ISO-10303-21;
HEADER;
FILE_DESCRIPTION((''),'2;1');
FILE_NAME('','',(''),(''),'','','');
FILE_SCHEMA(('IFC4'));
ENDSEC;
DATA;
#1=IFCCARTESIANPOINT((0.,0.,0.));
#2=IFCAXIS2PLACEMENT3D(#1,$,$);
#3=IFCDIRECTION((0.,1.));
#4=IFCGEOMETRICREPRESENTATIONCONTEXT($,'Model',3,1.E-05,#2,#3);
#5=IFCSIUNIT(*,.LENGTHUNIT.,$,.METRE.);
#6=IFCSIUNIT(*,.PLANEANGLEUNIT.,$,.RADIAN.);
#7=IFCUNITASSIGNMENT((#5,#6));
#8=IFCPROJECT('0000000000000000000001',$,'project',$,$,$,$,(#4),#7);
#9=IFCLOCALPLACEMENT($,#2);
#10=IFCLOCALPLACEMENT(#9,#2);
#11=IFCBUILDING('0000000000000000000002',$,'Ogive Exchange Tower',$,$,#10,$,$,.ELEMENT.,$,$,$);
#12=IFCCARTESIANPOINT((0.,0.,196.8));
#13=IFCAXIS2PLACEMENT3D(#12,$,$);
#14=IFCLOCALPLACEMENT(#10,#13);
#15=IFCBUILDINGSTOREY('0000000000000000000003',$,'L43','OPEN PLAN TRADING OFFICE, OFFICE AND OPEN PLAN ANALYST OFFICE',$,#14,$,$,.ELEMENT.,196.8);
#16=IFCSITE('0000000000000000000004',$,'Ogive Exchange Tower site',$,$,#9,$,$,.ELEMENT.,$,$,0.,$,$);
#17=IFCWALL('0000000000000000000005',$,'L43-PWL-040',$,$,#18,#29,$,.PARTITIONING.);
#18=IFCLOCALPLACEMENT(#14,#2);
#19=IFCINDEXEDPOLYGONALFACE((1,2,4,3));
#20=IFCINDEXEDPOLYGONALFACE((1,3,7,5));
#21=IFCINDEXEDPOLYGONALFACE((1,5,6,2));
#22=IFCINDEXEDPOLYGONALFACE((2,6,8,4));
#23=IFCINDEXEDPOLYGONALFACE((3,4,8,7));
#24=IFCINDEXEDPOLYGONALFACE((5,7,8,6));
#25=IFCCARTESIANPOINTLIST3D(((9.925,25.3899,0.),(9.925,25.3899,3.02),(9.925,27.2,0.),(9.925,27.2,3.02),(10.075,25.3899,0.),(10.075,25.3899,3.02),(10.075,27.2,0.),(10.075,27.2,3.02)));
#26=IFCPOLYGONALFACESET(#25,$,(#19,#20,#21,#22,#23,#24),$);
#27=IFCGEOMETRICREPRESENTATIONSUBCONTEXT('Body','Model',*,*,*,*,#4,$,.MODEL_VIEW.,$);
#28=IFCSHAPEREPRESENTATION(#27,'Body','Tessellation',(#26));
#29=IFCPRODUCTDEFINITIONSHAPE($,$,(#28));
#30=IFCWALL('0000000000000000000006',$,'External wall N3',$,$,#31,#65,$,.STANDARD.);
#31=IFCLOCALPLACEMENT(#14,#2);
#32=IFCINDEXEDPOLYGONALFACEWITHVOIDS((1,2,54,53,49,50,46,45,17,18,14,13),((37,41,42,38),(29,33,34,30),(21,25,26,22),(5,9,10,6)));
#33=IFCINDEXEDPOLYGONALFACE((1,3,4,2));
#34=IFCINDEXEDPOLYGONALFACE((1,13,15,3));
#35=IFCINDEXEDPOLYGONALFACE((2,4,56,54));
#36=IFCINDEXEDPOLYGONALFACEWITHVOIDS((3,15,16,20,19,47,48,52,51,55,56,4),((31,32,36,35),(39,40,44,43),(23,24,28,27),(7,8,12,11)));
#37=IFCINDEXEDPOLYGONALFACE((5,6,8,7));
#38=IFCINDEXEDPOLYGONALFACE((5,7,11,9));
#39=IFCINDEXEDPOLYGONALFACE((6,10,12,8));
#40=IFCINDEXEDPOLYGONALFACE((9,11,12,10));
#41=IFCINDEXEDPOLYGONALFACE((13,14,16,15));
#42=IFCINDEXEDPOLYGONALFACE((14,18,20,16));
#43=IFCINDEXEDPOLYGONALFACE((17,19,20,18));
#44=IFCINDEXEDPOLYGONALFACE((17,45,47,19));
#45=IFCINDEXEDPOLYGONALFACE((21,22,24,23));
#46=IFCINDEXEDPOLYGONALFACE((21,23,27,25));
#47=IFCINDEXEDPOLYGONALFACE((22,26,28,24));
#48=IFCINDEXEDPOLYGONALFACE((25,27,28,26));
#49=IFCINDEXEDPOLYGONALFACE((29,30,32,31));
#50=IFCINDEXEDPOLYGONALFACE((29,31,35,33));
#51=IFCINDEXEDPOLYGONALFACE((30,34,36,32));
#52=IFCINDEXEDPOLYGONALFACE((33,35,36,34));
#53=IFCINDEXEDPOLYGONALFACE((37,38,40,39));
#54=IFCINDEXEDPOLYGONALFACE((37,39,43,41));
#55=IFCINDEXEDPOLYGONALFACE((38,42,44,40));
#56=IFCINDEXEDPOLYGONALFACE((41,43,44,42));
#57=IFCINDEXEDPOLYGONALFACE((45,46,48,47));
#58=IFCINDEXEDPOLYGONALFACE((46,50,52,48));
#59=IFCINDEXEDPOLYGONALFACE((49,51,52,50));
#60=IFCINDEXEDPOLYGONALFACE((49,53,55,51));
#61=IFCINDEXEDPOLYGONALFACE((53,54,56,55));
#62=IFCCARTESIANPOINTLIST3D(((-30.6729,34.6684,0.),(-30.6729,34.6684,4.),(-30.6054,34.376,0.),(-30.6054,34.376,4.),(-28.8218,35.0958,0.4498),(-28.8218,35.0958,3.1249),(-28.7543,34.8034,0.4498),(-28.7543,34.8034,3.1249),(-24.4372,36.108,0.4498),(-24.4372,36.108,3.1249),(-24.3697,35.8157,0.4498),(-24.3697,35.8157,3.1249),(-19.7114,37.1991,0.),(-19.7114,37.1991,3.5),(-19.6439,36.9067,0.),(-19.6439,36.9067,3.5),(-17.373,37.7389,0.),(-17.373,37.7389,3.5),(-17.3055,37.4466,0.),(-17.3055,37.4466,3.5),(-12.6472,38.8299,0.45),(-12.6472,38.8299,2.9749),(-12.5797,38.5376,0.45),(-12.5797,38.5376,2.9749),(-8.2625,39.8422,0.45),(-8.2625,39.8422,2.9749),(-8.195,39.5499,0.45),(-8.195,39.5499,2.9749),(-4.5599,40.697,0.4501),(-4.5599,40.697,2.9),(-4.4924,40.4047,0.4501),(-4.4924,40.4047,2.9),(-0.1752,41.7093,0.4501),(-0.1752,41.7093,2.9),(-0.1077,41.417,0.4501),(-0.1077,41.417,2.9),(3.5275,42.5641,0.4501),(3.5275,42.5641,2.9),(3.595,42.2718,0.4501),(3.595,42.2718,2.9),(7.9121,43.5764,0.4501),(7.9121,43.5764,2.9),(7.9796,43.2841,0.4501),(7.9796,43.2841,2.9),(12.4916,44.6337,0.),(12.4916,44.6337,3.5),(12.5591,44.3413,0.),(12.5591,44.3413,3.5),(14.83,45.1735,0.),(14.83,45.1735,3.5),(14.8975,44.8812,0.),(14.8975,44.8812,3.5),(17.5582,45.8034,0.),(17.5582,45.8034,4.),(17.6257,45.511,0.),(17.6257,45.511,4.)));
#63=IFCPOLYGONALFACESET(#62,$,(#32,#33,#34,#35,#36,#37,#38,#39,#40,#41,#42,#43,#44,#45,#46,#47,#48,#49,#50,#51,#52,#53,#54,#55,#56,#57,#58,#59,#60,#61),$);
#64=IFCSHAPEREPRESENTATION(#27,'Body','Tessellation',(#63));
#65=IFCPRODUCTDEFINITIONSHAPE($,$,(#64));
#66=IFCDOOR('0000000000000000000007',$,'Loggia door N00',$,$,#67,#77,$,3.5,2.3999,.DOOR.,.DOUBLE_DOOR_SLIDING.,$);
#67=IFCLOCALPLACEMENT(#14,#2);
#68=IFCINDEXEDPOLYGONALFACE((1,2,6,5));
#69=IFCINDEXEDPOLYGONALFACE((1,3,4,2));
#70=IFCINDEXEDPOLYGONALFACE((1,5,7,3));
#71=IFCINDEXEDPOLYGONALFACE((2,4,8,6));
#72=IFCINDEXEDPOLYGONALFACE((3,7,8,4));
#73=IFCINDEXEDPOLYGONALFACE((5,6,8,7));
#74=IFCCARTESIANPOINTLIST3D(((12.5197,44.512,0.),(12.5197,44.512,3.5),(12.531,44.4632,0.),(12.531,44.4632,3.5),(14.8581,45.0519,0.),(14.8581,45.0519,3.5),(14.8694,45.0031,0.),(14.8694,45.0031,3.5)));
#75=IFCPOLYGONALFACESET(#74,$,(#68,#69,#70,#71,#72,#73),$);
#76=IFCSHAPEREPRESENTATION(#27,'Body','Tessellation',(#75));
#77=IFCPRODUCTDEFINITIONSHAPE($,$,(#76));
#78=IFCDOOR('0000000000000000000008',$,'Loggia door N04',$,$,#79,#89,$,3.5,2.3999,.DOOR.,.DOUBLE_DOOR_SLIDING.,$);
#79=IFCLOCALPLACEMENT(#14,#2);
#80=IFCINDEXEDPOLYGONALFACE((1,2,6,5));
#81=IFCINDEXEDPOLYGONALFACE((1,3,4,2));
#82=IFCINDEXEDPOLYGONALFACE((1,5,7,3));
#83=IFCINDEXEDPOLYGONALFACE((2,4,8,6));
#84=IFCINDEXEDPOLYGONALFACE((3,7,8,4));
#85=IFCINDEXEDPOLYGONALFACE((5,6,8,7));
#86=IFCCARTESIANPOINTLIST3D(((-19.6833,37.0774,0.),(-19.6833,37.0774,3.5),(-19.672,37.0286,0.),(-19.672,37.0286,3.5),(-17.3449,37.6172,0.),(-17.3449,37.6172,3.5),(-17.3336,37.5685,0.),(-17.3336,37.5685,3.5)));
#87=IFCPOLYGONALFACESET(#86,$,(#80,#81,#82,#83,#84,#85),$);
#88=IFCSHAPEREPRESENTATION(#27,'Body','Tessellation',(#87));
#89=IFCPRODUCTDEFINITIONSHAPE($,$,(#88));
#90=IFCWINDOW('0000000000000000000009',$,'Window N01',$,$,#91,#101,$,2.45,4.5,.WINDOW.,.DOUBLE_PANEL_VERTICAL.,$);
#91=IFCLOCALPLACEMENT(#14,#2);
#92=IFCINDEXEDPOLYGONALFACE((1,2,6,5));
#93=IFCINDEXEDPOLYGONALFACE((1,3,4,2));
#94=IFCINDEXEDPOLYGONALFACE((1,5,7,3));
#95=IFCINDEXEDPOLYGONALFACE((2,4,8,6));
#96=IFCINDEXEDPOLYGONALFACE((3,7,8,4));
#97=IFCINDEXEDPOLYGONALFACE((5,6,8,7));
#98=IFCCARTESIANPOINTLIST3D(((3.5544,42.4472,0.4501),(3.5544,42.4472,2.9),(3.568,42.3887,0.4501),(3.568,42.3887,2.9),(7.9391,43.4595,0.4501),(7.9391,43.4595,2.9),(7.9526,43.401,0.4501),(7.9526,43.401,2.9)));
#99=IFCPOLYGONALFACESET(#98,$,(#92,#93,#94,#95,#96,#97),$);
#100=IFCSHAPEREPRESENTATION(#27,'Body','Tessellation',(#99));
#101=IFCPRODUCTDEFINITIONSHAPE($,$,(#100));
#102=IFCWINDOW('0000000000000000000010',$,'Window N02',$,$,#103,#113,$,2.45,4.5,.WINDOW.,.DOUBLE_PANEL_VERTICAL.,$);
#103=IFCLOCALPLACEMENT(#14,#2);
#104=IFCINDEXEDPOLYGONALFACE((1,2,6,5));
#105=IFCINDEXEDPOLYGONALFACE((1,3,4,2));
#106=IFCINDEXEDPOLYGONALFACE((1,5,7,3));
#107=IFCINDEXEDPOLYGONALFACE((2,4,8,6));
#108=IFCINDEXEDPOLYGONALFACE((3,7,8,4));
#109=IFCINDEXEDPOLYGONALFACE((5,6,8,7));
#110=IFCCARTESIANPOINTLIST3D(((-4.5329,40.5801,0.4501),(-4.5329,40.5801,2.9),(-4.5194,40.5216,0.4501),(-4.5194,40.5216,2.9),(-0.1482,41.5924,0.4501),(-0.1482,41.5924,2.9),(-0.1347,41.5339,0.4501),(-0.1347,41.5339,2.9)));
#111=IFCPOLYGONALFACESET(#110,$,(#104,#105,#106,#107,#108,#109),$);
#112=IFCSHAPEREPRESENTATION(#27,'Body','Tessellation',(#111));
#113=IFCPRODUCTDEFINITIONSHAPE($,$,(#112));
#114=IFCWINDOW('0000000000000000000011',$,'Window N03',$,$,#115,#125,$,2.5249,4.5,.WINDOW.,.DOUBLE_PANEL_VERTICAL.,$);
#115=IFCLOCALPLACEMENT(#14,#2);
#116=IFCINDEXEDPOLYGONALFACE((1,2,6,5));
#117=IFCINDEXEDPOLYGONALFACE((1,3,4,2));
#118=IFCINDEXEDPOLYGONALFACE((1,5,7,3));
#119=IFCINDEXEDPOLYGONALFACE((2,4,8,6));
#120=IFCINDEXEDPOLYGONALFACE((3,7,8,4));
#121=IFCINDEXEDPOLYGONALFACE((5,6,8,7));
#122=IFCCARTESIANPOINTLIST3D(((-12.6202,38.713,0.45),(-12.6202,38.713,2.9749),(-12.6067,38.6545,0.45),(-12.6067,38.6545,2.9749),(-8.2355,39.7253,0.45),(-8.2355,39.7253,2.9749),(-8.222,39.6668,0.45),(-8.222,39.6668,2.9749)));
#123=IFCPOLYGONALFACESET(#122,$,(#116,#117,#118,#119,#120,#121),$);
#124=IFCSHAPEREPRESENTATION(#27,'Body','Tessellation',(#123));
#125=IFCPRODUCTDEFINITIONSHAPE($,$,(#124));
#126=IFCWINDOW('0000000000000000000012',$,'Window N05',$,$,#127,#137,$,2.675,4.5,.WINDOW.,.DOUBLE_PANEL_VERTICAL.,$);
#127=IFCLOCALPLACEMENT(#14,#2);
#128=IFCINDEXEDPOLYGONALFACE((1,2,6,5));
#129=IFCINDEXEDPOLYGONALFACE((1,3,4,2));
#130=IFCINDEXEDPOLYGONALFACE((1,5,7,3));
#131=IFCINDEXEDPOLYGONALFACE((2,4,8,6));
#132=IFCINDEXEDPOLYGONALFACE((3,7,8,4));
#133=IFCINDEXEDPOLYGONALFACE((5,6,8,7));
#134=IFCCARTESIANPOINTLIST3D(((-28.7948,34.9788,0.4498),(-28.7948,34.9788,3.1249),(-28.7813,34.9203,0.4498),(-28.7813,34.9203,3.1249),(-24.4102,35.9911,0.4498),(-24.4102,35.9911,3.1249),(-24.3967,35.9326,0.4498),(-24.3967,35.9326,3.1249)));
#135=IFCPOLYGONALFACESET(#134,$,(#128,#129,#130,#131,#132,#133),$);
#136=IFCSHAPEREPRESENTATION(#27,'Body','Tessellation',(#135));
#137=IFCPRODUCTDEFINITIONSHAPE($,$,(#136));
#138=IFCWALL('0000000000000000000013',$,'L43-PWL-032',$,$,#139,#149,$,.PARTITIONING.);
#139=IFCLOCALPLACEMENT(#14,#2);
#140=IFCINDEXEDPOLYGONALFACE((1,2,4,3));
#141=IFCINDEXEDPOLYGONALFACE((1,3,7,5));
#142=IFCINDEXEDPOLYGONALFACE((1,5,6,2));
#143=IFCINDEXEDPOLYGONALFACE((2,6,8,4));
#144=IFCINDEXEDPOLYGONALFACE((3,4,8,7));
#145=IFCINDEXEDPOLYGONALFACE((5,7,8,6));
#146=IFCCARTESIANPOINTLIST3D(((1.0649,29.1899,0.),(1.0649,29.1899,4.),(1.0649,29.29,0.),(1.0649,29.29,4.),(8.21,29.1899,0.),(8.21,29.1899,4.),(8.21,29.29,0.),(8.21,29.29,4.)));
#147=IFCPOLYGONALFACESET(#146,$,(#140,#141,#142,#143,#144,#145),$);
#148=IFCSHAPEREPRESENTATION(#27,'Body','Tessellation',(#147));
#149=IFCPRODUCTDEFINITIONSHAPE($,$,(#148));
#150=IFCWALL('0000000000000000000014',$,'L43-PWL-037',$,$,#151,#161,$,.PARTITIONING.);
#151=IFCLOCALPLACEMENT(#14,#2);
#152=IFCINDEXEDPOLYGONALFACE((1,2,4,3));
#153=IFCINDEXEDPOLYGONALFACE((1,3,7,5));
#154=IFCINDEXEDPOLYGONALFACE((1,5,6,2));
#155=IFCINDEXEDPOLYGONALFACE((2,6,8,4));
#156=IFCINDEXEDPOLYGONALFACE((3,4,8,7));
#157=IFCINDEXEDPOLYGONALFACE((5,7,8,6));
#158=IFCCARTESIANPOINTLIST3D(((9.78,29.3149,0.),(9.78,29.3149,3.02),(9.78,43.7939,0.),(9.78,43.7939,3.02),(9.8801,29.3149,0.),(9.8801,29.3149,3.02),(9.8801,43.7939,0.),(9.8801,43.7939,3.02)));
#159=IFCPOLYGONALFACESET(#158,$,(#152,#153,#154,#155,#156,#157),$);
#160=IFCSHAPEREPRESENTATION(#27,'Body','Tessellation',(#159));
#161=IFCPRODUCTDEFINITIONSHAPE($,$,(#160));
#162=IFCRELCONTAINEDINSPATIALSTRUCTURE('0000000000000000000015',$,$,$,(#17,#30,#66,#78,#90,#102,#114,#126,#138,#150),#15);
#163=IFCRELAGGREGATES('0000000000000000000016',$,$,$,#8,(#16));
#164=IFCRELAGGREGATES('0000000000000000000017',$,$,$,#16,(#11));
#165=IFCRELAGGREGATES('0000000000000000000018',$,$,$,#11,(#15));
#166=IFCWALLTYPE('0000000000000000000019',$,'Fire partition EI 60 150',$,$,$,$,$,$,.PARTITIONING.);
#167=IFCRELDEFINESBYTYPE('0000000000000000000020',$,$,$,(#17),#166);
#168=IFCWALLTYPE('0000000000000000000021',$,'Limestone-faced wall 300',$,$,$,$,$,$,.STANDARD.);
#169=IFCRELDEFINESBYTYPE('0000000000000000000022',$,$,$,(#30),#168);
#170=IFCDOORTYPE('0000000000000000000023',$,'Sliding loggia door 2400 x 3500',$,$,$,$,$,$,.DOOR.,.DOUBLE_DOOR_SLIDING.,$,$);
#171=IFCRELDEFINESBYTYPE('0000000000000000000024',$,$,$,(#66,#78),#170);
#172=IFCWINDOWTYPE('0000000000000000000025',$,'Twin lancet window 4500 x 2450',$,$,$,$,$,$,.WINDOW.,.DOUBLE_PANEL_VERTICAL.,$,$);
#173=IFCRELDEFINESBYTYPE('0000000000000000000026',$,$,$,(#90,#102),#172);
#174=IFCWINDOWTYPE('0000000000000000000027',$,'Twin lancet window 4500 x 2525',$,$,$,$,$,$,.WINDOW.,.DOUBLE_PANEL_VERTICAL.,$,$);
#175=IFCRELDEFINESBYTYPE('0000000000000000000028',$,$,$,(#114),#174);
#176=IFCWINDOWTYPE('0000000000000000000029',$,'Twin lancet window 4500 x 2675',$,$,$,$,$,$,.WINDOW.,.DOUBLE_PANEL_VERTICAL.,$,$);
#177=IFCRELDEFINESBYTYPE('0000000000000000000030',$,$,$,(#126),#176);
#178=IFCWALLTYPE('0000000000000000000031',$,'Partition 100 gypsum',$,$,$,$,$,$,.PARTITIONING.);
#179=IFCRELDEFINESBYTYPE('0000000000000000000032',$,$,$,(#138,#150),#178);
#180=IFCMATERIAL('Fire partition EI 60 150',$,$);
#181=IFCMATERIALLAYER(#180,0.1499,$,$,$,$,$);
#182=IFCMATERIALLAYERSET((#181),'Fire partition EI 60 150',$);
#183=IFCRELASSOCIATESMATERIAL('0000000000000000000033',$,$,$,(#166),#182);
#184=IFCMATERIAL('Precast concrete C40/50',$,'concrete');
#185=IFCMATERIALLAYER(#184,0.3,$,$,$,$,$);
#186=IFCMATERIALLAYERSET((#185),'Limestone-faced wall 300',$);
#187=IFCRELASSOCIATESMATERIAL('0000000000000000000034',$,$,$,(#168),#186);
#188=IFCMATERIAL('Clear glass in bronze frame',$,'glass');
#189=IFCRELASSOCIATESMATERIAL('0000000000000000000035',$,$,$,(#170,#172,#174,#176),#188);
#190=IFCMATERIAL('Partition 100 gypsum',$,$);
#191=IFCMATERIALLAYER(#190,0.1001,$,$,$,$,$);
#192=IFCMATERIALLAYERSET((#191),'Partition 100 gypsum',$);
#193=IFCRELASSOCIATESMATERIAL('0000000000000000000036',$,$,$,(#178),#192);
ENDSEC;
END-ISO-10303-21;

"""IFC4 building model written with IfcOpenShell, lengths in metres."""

from ifc_helpers import new_model, si_unit, direction, frame, frame_2d, origin, place, context, subcontext, project, spatial, rectangle, extrude, material, layer, layer_set, type_object, element, fill, save


model = new_model("IFC4")

# Units and contexts
model_context = context("Model", 3, precision=1e-05, world=origin(), true_north=direction((0.0, 1.0)))
body_context = subcontext(model_context, "Body", "Model", "MODEL_VIEW")
ifc_project = project(units=[si_unit("LENGTHUNIT", "METRE"), si_unit("PLANEANGLEUNIT", "RADIAN")], contexts=[model_context])

# Site, building, storey
site_placement = place(None, origin())
site = spatial("IfcSite", under=ifc_project, at=site_placement, Name="Ogive Exchange Tower site", CompositionType="ELEMENT", RefElevation=0.0)
building_placement = place(site_placement, origin())
building = spatial("IfcBuilding", under=site, at=building_placement, Name="Ogive Exchange Tower", CompositionType="ELEMENT")
storey_placement = place(building_placement, frame((0.0, 0.0, 196.8)))
storey = spatial("IfcBuildingStorey", under=building, at=storey_placement, Name="L43", Description="OPEN PLAN TRADING OFFICE, OFFICE AND OPEN PLAN ANALYST OFFICE", CompositionType="ELEMENT", Elevation=196.8)

# Shared definitions
ifc_material_1 = material(Name="Fire partition EI 60 150")
ifc_layer_1 = layer(ifc_material_1, 0.1499)
ifc_layer_set_1 = layer_set([ifc_layer_1], Name="Fire partition EI 60 150")
wall_type_1 = type_object("IfcWallType", Name="Fire partition EI 60 150", PredefinedType="PARTITIONING", material=ifc_layer_set_1)

# Wall
wall_1_placement = place(storey_placement, frame((10.0, 27.2, 0.0), z_axis=(0.0, 0.0, 1.0), x_axis=(0.0, -1.0, 0.0)))
element("IfcWall", 1, at=wall_1_placement, inside=storey, type_object=wall_type_1, Name="L43-PWL-040", PredefinedType="PARTITIONING", context=body_context, shape_type="SweptSolid", body=[
    extrude(rectangle(XDim=1.8101, YDim=0.1499, at=frame_2d((0.905, 0.0))), origin(), (0.0, 0.0, 1.0), 3.02),
])

# Wall, openings, doors, windows
ifc_material_2 = material(Name="Precast concrete C40/50", Category="concrete")
ifc_layer_2 = layer(ifc_material_2, 0.3)
ifc_layer_set_2 = layer_set([ifc_layer_2], Name="Limestone-faced wall 300")
wall_type_2 = type_object("IfcWallType", Name="Limestone-faced wall 300", PredefinedType="STANDARD", material=ifc_layer_set_2)
wall_2_placement = place(storey_placement, frame((17.592, 45.6572, 0.0), z_axis=(0.0, 0.0, 1.0), x_axis=(-0.97437, -0.22495, 0.0)))
wall_2 = element("IfcWall", 2, at=wall_2_placement, inside=storey, type_object=wall_type_2, Name="External wall N3", PredefinedType="STANDARD", context=body_context, shape_type="SweptSolid", body=[
    extrude(rectangle(XDim=49.4998, YDim=0.3, at=frame_2d((24.75, 0.0))), origin(), (0.0, 0.0, 1.0), 4.0),
])
opening_1_placement = place(wall_2_placement, frame((2.8, 0.0, 0.0)))
opening_1 = element("IfcOpeningElement", 3, at=opening_1_placement, cuts=wall_2, PredefinedType="OPENING", context=body_context, shape_type="SweptSolid", body=[
    extrude(rectangle(XDim=2.3999, YDim=3.5, at=frame_2d((1.2, 1.75))), frame((0.0, 0.1599, 0.0), z_axis=(0.0, -1.0, 0.0), x_axis=(1.0, 0.0, 0.0)), (0.0, 0.0, 1.0), 0.3201),
])
opening_2_placement = place(wall_2_placement, frame((9.8999, 0.0, 0.45)))
opening_2 = element("IfcOpeningElement", 4, at=opening_2_placement, cuts=wall_2, PredefinedType="OPENING", context=body_context, shape_type="SweptSolid", body=[
    extrude(rectangle(XDim=4.5, YDim=2.45, at=frame_2d((2.25, 1.2251))), frame((0.0, 0.1599, 0.0), z_axis=(0.0, -1.0, 0.0), x_axis=(1.0, 0.0, 0.0)), (0.0, 0.0, 1.0), 0.3201),
])
opening_3_placement = place(wall_2_placement, frame((18.2, 0.0, 0.45)))
opening_3 = element("IfcOpeningElement", 5, at=opening_3_placement, cuts=wall_2, PredefinedType="OPENING", context=body_context, shape_type="SweptSolid", body=[
    extrude(rectangle(XDim=4.5, YDim=2.45, at=frame_2d((2.25, 1.2251))), frame((0.0, 0.1599, 0.0), z_axis=(0.0, -1.0, 0.0), x_axis=(1.0, 0.0, 0.0)), (0.0, 0.0, 1.0), 0.3201),
])
opening_4_placement = place(wall_2_placement, frame((26.5, 0.0, 0.45)))
opening_4 = element("IfcOpeningElement", 6, at=opening_4_placement, cuts=wall_2, PredefinedType="OPENING", context=body_context, shape_type="SweptSolid", body=[
    extrude(rectangle(XDim=4.5, YDim=2.5249, at=frame_2d((2.25, 1.2625))), frame((0.0, 0.1599, 0.0), z_axis=(0.0, -1.0, 0.0), x_axis=(1.0, 0.0, 0.0)), (0.0, 0.0, 1.0), 0.3201),
])
opening_5_placement = place(wall_2_placement, frame((35.8501, 0.0, 0.0)))
opening_5 = element("IfcOpeningElement", 7, at=opening_5_placement, cuts=wall_2, PredefinedType="OPENING", context=body_context, shape_type="SweptSolid", body=[
    extrude(rectangle(XDim=2.3999, YDim=3.5, at=frame_2d((1.2, 1.75))), frame((0.0, 0.1599, 0.0), z_axis=(0.0, -1.0, 0.0), x_axis=(1.0, 0.0, 0.0)), (0.0, 0.0, 1.0), 0.3201),
])
opening_6_placement = place(wall_2_placement, frame((43.1001, 0.0, 0.45)))
opening_6 = element("IfcOpeningElement", 8, at=opening_6_placement, cuts=wall_2, PredefinedType="OPENING", context=body_context, shape_type="SweptSolid", body=[
    extrude(rectangle(XDim=4.5, YDim=2.675, at=frame_2d((2.25, 1.3374))), frame((0.0, 0.1599, 0.0), z_axis=(0.0, -1.0, 0.0), x_axis=(1.0, 0.0, 0.0)), (0.0, 0.0, 1.0), 0.3201),
])
ifc_material_3 = material(Name="Clear glass in bronze frame", Category="glass")
door_type_1 = type_object("IfcDoorType", Name="Sliding loggia door 2400 x 3500", OperationType="DOUBLE_DOOR_SLIDING", PredefinedType="DOOR", material=ifc_material_3)
door_1_placement = place(opening_1_placement, origin())
door_1 = element("IfcDoor", 9, at=door_1_placement, inside=storey, type_object=door_type_1, Name="Loggia door N00", OperationType="DOUBLE_DOOR_SLIDING", OverallHeight=3.5, OverallWidth=2.3999, PredefinedType="DOOR", context=body_context, shape_type="SweptSolid", body=[
    extrude(rectangle(XDim=2.3999, YDim=3.5, at=frame_2d((1.2, 1.75))), frame((0.0, 0.0249, 0.0), z_axis=(0.0, -1.0, 0.0), x_axis=(1.0, 0.0, 0.0)), (0.0, 0.0, 1.0), 0.05),
])
fill(opening_1, door_1)
door_2_placement = place(opening_5_placement, origin())
door_2 = element("IfcDoor", 10, at=door_2_placement, inside=storey, type_object=door_type_1, Name="Loggia door N04", OperationType="DOUBLE_DOOR_SLIDING", OverallHeight=3.5, OverallWidth=2.3999, PredefinedType="DOOR", context=body_context, shape_type="SweptSolid", body=[
    extrude(rectangle(XDim=2.3999, YDim=3.5, at=frame_2d((1.2, 1.75))), frame((0.0, 0.0249, 0.0), z_axis=(0.0, -1.0, 0.0), x_axis=(1.0, 0.0, 0.0)), (0.0, 0.0, 1.0), 0.05),
])
fill(opening_5, door_2)
window_type_1 = type_object("IfcWindowType", Name="Twin lancet window 4500 x 2450", PartitioningType="DOUBLE_PANEL_VERTICAL", PredefinedType="WINDOW", material=ifc_material_3)
window_1_placement = place(opening_2_placement, origin())
window_1 = element("IfcWindow", 11, at=window_1_placement, inside=storey, type_object=window_type_1, Name="Window N01", OverallHeight=2.45, OverallWidth=4.5, PartitioningType="DOUBLE_PANEL_VERTICAL", PredefinedType="WINDOW", context=body_context, shape_type="SweptSolid", body=[
    extrude(rectangle(XDim=4.5, YDim=2.45, at=frame_2d((2.25, 1.2251))), frame((0.0, 0.03, 0.0), z_axis=(0.0, -1.0, 0.0), x_axis=(1.0, 0.0, 0.0)), (0.0, 0.0, 1.0), 0.0601),
])
fill(opening_2, window_1)
window_2_placement = place(opening_3_placement, origin())
window_2 = element("IfcWindow", 12, at=window_2_placement, inside=storey, type_object=window_type_1, Name="Window N02", OverallHeight=2.45, OverallWidth=4.5, PartitioningType="DOUBLE_PANEL_VERTICAL", PredefinedType="WINDOW", context=body_context, shape_type="SweptSolid", body=[
    extrude(rectangle(XDim=4.5, YDim=2.45, at=frame_2d((2.25, 1.2251))), frame((0.0, 0.03, 0.0), z_axis=(0.0, -1.0, 0.0), x_axis=(1.0, 0.0, 0.0)), (0.0, 0.0, 1.0), 0.0601),
])
fill(opening_3, window_2)
window_type_2 = type_object("IfcWindowType", Name="Twin lancet window 4500 x 2525", PartitioningType="DOUBLE_PANEL_VERTICAL", PredefinedType="WINDOW", material=ifc_material_3)
window_3_placement = place(opening_4_placement, origin())
window_3 = element("IfcWindow", 13, at=window_3_placement, inside=storey, type_object=window_type_2, Name="Window N03", OverallHeight=2.5249, OverallWidth=4.5, PartitioningType="DOUBLE_PANEL_VERTICAL", PredefinedType="WINDOW", context=body_context, shape_type="SweptSolid", body=[
    extrude(rectangle(XDim=4.5, YDim=2.5249, at=frame_2d((2.25, 1.2625))), frame((0.0, 0.03, 0.0), z_axis=(0.0, -1.0, 0.0), x_axis=(1.0, 0.0, 0.0)), (0.0, 0.0, 1.0), 0.0601),
])
fill(opening_4, window_3)
window_type_3 = type_object("IfcWindowType", Name="Twin lancet window 4500 x 2675", PartitioningType="DOUBLE_PANEL_VERTICAL", PredefinedType="WINDOW", material=ifc_material_3)
window_4_placement = place(opening_6_placement, origin())
window_4 = element("IfcWindow", 14, at=window_4_placement, inside=storey, type_object=window_type_3, Name="Window N05", OverallHeight=2.675, OverallWidth=4.5, PartitioningType="DOUBLE_PANEL_VERTICAL", PredefinedType="WINDOW", context=body_context, shape_type="SweptSolid", body=[
    extrude(rectangle(XDim=4.5, YDim=2.675, at=frame_2d((2.25, 1.3374))), frame((0.0, 0.03, 0.0), z_axis=(0.0, -1.0, 0.0), x_axis=(1.0, 0.0, 0.0)), (0.0, 0.0, 1.0), 0.0601),
])
fill(opening_6, window_4)

# Walls
ifc_material_4 = material(Name="Partition 100 gypsum")
ifc_layer_3 = layer(ifc_material_4, 0.1001)
ifc_layer_set_3 = layer_set([ifc_layer_3], Name="Partition 100 gypsum")
wall_type_3 = type_object("IfcWallType", Name="Partition 100 gypsum", PredefinedType="PARTITIONING", material=ifc_layer_set_3)
wall_3_placement = place(storey_placement, frame((1.0649, 29.24, 0.0), z_axis=(0.0, 0.0, 1.0), x_axis=(1.0, 0.0, 0.0)))
element("IfcWall", 15, at=wall_3_placement, inside=storey, type_object=wall_type_3, Name="L43-PWL-032", PredefinedType="PARTITIONING", context=body_context, shape_type="SweptSolid", body=[
    extrude(rectangle(XDim=7.145, YDim=0.1001, at=frame_2d((3.5725, 0.0))), origin(), (0.0, 0.0, 1.0), 4.0),
])
wall_4_placement = place(storey_placement, frame((9.8301, 43.7939, 0.0), z_axis=(0.0, 0.0, 1.0), x_axis=(0.0, -1.0, 0.0)))
element("IfcWall", 16, at=wall_4_placement, inside=storey, type_object=wall_type_3, Name="L43-PWL-037", PredefinedType="PARTITIONING", context=body_context, shape_type="SweptSolid", body=[
    extrude(rectangle(XDim=14.479, YDim=0.1001, at=frame_2d((7.2395, 0.0))), origin(), (0.0, 0.0, 1.0), 3.02),
])

save(model, "model.ifc")
